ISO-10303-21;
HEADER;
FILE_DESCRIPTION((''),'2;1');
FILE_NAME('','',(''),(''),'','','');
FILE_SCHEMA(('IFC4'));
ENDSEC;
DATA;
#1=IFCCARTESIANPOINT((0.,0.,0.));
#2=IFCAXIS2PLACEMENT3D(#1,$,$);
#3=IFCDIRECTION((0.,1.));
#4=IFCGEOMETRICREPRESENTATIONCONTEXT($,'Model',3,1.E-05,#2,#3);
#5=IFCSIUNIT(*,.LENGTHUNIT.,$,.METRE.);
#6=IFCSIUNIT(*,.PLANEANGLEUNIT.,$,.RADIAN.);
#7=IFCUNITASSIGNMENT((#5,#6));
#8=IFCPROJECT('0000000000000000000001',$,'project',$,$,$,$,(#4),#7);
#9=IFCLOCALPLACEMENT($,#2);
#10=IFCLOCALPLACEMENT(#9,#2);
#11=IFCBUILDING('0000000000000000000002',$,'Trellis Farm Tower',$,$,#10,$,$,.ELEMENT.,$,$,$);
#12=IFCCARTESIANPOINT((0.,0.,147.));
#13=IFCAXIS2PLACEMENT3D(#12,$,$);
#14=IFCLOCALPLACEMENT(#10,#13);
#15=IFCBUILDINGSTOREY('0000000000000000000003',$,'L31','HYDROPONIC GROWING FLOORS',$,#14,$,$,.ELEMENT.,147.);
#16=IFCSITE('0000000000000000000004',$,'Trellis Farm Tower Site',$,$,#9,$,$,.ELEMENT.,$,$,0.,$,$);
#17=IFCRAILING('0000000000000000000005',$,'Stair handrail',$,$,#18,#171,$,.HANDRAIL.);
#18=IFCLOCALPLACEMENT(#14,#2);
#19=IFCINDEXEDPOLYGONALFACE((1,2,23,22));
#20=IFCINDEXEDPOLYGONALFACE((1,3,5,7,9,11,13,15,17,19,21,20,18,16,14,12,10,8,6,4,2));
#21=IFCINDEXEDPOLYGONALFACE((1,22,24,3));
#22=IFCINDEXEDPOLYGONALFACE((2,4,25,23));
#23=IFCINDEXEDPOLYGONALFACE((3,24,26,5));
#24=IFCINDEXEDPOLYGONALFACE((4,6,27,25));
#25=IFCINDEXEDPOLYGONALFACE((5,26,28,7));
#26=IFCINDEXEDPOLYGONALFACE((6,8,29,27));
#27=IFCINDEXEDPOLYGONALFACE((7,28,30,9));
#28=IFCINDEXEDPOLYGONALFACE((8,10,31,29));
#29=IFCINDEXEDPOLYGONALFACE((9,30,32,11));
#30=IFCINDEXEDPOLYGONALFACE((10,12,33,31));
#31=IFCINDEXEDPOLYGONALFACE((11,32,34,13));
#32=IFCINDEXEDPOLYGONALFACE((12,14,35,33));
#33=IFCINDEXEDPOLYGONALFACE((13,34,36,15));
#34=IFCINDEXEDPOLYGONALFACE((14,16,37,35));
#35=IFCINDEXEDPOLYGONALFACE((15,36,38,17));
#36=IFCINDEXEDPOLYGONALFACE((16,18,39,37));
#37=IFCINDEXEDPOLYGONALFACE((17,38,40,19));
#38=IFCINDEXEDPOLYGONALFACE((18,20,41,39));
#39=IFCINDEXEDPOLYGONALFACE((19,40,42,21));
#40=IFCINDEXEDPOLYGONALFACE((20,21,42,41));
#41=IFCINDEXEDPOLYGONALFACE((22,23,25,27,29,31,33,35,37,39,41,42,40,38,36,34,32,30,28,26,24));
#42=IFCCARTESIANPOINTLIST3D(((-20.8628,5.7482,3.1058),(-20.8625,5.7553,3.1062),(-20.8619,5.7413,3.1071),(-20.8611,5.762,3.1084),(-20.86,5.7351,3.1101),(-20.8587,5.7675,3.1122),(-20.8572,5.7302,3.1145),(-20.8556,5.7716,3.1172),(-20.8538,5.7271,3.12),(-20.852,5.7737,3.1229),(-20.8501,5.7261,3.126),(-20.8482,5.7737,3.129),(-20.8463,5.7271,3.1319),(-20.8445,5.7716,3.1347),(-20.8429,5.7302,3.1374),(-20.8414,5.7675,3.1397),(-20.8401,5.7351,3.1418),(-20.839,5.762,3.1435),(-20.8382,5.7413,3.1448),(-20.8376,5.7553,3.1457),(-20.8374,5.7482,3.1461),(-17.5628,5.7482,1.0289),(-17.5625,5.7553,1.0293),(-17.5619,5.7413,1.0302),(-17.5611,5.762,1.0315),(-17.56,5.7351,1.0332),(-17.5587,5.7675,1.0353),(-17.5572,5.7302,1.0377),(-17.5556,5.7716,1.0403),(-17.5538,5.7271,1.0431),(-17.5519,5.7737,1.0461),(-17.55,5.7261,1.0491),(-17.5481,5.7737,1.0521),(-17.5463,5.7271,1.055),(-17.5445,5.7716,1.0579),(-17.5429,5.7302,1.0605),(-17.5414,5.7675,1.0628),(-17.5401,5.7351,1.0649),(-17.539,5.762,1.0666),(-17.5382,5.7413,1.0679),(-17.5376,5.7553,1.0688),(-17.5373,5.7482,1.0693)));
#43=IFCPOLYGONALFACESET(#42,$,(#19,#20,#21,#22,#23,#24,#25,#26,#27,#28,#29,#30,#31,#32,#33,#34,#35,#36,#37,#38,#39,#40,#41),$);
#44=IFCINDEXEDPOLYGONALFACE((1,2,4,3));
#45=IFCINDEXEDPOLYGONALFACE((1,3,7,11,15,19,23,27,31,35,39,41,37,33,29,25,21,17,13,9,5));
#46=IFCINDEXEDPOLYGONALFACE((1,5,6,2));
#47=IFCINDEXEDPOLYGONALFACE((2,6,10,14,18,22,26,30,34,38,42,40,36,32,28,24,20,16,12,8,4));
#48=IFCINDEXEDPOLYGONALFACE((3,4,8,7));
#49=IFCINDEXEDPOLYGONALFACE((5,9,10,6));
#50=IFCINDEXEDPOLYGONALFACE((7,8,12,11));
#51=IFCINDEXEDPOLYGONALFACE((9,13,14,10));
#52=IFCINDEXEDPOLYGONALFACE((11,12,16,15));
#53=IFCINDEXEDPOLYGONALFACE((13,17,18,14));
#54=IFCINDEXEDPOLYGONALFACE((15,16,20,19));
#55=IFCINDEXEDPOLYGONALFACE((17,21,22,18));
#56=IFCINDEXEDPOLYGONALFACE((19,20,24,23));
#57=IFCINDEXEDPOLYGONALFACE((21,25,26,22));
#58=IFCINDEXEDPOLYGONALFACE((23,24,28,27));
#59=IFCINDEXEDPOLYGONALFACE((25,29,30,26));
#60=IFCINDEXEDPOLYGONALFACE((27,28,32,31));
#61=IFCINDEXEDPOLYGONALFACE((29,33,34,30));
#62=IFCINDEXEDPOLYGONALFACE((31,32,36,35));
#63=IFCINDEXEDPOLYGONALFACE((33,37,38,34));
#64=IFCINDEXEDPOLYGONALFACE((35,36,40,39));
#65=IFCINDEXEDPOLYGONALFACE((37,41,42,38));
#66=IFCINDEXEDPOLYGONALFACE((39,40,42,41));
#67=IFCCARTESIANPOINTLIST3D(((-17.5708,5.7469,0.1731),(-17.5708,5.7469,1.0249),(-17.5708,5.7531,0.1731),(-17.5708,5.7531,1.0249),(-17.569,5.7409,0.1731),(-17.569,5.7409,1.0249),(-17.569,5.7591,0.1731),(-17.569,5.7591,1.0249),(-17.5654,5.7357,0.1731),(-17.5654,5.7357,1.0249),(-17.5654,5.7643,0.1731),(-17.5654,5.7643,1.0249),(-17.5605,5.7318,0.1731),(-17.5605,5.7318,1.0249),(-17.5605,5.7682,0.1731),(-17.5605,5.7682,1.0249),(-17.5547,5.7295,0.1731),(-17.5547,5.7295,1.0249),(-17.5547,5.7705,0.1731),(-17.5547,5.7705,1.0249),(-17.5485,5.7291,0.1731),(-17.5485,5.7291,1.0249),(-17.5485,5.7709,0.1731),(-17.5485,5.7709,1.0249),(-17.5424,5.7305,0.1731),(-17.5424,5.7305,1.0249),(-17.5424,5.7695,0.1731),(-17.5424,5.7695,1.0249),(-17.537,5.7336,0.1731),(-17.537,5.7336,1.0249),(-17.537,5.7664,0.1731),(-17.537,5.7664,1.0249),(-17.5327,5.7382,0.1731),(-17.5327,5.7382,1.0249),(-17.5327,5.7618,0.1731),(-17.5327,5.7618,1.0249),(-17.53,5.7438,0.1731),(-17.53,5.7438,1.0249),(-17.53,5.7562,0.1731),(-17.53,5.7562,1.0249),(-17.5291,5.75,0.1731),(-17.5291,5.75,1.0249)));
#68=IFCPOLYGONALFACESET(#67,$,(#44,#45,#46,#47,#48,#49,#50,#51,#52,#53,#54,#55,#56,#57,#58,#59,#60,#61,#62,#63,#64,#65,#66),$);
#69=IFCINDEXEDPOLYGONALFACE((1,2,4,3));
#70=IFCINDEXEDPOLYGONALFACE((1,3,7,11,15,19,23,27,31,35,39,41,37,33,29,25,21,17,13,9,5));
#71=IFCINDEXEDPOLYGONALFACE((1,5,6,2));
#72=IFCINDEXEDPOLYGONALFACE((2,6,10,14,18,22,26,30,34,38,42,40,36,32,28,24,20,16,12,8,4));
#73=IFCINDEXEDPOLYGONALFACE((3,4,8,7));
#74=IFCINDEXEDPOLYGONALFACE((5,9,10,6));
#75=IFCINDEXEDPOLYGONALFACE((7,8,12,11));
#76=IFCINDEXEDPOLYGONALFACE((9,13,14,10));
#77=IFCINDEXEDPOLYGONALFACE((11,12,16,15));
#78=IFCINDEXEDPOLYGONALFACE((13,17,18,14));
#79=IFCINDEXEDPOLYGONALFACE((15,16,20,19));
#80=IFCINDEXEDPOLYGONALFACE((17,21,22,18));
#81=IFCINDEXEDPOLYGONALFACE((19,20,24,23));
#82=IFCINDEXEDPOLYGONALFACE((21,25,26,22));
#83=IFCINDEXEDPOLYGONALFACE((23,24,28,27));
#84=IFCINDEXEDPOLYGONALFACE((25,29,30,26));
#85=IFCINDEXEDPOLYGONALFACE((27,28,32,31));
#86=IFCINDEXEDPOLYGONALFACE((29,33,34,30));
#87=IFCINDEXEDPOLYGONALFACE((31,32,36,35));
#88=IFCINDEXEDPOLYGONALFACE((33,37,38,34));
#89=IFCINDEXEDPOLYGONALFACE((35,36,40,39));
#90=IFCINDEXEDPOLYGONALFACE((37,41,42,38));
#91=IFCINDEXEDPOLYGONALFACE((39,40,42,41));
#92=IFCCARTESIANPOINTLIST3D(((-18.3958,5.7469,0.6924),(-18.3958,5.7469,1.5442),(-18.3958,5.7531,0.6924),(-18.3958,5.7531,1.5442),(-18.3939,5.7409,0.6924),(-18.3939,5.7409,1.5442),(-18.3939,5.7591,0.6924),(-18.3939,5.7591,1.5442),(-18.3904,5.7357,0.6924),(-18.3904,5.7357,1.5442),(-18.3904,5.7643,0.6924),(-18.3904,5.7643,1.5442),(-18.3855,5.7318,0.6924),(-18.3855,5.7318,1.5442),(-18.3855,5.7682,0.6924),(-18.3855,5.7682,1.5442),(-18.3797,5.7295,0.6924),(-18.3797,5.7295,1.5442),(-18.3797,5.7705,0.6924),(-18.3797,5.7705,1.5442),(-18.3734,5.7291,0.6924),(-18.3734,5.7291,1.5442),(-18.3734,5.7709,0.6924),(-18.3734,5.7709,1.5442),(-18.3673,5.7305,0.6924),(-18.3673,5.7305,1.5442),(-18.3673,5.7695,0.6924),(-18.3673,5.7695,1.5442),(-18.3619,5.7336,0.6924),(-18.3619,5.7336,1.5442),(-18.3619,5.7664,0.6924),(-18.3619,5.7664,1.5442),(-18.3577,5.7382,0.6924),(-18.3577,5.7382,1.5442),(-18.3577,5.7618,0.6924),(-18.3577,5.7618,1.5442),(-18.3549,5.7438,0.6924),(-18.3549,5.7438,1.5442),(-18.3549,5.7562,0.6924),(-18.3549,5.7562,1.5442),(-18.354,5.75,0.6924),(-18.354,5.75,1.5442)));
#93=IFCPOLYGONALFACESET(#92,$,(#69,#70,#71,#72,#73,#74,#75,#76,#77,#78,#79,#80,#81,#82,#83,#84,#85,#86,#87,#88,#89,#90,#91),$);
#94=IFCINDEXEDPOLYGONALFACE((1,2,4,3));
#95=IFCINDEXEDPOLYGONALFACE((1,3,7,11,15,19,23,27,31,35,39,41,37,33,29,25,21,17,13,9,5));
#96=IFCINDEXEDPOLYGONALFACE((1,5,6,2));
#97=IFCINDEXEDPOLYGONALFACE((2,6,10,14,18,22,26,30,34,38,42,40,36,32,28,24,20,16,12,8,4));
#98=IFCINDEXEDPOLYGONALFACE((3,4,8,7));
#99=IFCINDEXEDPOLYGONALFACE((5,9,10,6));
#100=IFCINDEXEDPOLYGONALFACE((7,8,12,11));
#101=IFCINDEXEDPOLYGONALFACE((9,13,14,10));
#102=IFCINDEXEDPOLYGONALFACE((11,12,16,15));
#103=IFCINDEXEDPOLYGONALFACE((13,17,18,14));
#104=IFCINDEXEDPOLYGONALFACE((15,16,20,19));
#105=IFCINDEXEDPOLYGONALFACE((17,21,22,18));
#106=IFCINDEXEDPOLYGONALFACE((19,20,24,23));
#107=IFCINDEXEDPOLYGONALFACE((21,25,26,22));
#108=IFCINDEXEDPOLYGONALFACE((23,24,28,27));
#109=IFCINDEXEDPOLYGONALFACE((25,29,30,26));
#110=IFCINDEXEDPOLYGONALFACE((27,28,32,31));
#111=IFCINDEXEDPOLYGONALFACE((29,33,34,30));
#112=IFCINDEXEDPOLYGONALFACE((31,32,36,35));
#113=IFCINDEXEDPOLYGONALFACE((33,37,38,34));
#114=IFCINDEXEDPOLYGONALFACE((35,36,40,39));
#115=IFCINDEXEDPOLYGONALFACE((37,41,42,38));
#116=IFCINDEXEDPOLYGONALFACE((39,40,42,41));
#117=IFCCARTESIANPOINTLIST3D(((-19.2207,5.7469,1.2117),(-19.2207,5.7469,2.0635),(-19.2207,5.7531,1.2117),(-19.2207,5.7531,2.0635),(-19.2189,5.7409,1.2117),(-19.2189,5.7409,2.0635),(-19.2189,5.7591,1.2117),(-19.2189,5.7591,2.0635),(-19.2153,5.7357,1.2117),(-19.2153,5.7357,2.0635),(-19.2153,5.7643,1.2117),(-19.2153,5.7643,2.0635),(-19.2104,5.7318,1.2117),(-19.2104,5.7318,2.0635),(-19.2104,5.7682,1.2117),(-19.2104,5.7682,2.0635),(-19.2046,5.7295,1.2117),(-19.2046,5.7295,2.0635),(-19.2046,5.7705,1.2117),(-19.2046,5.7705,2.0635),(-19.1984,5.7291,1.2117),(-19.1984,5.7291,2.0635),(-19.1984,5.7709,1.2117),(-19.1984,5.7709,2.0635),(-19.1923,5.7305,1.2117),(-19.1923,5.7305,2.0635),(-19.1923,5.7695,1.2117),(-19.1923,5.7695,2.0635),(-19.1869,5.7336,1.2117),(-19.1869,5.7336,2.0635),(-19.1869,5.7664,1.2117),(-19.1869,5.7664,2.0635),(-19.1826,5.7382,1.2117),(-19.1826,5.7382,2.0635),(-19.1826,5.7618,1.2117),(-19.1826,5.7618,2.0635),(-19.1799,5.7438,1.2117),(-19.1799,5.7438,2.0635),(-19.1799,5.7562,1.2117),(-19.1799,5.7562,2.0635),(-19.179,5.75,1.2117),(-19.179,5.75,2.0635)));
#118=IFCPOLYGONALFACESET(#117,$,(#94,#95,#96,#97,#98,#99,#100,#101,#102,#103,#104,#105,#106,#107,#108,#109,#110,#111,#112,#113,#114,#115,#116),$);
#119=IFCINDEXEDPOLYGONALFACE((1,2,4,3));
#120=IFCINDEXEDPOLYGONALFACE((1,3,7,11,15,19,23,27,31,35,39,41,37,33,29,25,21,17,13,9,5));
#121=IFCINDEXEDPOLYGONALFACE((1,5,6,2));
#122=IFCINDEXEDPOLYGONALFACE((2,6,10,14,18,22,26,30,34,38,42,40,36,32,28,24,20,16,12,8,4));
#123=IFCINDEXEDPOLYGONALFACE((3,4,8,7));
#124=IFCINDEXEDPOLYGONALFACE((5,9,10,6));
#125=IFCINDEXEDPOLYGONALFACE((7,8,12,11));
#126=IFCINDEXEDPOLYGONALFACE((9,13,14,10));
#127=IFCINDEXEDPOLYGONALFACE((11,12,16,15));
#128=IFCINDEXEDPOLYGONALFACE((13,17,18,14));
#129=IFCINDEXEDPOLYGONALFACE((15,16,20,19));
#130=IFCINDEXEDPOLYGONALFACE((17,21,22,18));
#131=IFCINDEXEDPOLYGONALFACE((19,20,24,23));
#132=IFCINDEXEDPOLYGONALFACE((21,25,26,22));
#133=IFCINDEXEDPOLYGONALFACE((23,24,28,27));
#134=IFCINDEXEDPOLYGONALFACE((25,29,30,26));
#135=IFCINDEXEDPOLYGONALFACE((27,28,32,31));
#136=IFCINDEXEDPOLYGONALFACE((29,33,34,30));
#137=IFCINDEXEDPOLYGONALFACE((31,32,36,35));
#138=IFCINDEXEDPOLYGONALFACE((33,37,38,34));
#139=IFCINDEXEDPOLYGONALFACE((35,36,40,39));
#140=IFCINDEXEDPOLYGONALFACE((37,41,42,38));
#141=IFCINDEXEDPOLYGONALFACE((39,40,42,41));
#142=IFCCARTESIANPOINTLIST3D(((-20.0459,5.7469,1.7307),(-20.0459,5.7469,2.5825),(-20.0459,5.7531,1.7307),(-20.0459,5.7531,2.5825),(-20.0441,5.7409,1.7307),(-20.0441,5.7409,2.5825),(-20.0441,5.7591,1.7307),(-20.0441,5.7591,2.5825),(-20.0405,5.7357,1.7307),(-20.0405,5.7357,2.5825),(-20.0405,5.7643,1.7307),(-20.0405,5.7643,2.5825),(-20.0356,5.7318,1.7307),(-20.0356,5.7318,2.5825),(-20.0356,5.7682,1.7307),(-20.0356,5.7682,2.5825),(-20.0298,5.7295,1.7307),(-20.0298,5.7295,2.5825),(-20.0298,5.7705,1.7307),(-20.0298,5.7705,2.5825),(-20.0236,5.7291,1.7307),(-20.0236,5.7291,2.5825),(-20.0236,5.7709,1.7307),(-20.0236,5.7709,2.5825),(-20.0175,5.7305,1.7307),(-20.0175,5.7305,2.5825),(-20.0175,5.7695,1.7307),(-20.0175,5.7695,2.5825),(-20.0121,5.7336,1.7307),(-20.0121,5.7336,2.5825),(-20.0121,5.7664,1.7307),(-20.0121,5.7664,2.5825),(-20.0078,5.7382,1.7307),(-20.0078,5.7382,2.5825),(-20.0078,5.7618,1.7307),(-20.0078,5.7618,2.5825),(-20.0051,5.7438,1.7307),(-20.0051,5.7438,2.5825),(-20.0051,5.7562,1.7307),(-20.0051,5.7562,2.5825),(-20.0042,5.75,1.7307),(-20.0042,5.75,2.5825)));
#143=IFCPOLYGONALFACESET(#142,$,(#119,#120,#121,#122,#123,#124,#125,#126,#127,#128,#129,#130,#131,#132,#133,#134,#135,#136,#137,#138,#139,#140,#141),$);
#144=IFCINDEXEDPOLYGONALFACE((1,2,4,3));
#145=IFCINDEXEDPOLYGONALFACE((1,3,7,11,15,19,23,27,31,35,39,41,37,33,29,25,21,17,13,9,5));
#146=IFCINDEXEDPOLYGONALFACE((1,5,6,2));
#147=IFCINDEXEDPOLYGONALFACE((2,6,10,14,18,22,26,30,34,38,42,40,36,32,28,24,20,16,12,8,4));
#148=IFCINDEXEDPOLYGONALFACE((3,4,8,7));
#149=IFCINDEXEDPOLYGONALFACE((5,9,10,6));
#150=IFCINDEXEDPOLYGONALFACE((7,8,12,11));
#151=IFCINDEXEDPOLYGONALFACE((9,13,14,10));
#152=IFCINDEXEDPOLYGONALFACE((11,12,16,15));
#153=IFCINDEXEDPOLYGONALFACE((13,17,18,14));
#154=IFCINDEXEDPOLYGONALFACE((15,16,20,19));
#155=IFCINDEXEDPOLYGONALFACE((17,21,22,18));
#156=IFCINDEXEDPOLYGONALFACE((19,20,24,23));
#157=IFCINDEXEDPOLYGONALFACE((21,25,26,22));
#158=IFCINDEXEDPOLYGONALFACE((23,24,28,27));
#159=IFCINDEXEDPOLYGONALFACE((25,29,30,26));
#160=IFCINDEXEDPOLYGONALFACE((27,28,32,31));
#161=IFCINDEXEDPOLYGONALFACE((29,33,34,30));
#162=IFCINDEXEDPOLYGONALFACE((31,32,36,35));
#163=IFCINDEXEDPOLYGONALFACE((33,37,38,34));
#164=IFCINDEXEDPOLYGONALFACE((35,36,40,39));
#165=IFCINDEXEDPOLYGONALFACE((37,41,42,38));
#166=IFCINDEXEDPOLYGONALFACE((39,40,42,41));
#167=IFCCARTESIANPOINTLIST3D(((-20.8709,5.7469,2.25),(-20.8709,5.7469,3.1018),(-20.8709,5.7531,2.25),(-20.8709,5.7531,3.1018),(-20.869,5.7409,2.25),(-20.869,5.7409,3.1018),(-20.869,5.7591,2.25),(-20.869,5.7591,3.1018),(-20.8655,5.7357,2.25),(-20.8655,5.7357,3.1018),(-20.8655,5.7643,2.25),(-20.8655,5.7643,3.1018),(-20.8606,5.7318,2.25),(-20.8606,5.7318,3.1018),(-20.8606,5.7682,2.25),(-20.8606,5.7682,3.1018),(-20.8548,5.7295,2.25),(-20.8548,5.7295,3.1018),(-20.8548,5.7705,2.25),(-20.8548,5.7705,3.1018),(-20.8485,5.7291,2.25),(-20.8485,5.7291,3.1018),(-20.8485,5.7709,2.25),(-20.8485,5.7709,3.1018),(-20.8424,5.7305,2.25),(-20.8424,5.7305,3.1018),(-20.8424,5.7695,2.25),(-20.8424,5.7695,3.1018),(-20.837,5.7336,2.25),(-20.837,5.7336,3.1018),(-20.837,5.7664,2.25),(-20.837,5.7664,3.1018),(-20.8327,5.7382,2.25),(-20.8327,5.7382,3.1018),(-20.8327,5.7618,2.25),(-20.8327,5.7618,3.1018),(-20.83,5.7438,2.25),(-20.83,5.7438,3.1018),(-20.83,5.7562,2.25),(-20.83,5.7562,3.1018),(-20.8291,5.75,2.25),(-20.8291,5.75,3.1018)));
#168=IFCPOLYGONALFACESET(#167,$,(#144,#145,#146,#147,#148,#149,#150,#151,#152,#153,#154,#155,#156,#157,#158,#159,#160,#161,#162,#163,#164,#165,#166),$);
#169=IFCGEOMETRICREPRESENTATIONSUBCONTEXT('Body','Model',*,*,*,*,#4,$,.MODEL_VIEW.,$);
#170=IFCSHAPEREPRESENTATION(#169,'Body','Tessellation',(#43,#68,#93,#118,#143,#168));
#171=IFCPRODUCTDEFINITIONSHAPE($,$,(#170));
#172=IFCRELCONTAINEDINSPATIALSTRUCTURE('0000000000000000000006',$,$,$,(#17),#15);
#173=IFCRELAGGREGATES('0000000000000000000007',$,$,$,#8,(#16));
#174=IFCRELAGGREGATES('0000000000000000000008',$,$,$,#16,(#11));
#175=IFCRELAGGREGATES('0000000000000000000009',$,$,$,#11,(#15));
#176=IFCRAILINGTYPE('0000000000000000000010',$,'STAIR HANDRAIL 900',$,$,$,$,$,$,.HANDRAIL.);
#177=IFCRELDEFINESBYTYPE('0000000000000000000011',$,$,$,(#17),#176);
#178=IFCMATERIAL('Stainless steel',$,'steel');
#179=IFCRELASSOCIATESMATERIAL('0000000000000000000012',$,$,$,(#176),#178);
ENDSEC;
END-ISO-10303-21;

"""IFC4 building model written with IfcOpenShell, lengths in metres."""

from ifc_helpers import new_model, si_unit, direction, frame, origin, origin_2d, place, context, subcontext, project, spatial, circle, extrude, source, transform, mapped, material, type_object, element, save


model = new_model("IFC4")

# Units and contexts
model_context = context("Model", 3, precision=1e-05, world=origin(), true_north=direction((0.0, 1.0)))
body_context = subcontext(model_context, "Body", "Model", "MODEL_VIEW")
ifc_project = project(units=[si_unit("LENGTHUNIT", "METRE"), si_unit("PLANEANGLEUNIT", "RADIAN")], contexts=[model_context])

# Site, building, storey
site_placement = place(None, origin())
site = spatial("IfcSite", under=ifc_project, at=site_placement, Name="Trellis Farm Tower Site", CompositionType="ELEMENT", RefElevation=0.0)
building_placement = place(site_placement, origin())
building = spatial("IfcBuilding", under=site, at=building_placement, Name="Trellis Farm Tower", CompositionType="ELEMENT")
storey_placement = place(building_placement, frame((0.0, 0.0, 147.0)))
storey = spatial("IfcBuildingStorey", under=building, at=storey_placement, Name="L31", Description="HYDROPONIC GROWING FLOORS", CompositionType="ELEMENT", Elevation=147.0)

# Railing
ifc_material_1 = material(Name="Stainless steel", Category="steel")
railing_type = type_object("IfcRailingType", Name="STAIR HANDRAIL 900", PredefinedType="HANDRAIL", material=ifc_material_1)
shared_shape_1 = source(origin(), body_context, "Body", "SweptSolid", [
    extrude(circle(Radius=0.0239, at=origin_2d()), frame((0.0, 0.0, 0.876), z_axis=(-0.846337, 0.0, 0.532647), x_axis=(0.0, -1.0, 0.0)), (0.0, 0.0, 1.0), 3.8992),
    extrude(circle(Radius=0.021, at=origin_2d()), origin(), (0.0, 0.0, 1.0), 0.8518),
    extrude(circle(Radius=0.021, at=origin_2d()), frame((-0.825, 0.0, 0.5193)), (0.0, 0.0, 1.0), 0.8518),
    extrude(circle(Radius=0.021, at=origin_2d()), frame((-1.6499, 0.0, 1.0386)), (0.0, 0.0, 1.0), 0.8518),
    extrude(circle(Radius=0.021, at=origin_2d()), frame((-2.4751, 0.0, 1.5576)), (0.0, 0.0, 1.0), 0.8518),
    extrude(circle(Radius=0.021, at=origin_2d()), frame((-3.3, 0.0, 2.0769)), (0.0, 0.0, 1.0), 0.8518),
])
for number, where, name in (
    (1, (-17.55, 5.75, 0.1731), "Stair handrail"),
):
    element("IfcRailing", number, at=place(storey_placement, frame(where)), inside=storey, type_object=railing_type, Name=name, PredefinedType="HANDRAIL", context=body_context, shape_type="MappedRepresentation", body=[
        mapped(shared_shape_1, transform((0.0, 0.0, 0.0))),
    ])

save(model, "model.ifc")
